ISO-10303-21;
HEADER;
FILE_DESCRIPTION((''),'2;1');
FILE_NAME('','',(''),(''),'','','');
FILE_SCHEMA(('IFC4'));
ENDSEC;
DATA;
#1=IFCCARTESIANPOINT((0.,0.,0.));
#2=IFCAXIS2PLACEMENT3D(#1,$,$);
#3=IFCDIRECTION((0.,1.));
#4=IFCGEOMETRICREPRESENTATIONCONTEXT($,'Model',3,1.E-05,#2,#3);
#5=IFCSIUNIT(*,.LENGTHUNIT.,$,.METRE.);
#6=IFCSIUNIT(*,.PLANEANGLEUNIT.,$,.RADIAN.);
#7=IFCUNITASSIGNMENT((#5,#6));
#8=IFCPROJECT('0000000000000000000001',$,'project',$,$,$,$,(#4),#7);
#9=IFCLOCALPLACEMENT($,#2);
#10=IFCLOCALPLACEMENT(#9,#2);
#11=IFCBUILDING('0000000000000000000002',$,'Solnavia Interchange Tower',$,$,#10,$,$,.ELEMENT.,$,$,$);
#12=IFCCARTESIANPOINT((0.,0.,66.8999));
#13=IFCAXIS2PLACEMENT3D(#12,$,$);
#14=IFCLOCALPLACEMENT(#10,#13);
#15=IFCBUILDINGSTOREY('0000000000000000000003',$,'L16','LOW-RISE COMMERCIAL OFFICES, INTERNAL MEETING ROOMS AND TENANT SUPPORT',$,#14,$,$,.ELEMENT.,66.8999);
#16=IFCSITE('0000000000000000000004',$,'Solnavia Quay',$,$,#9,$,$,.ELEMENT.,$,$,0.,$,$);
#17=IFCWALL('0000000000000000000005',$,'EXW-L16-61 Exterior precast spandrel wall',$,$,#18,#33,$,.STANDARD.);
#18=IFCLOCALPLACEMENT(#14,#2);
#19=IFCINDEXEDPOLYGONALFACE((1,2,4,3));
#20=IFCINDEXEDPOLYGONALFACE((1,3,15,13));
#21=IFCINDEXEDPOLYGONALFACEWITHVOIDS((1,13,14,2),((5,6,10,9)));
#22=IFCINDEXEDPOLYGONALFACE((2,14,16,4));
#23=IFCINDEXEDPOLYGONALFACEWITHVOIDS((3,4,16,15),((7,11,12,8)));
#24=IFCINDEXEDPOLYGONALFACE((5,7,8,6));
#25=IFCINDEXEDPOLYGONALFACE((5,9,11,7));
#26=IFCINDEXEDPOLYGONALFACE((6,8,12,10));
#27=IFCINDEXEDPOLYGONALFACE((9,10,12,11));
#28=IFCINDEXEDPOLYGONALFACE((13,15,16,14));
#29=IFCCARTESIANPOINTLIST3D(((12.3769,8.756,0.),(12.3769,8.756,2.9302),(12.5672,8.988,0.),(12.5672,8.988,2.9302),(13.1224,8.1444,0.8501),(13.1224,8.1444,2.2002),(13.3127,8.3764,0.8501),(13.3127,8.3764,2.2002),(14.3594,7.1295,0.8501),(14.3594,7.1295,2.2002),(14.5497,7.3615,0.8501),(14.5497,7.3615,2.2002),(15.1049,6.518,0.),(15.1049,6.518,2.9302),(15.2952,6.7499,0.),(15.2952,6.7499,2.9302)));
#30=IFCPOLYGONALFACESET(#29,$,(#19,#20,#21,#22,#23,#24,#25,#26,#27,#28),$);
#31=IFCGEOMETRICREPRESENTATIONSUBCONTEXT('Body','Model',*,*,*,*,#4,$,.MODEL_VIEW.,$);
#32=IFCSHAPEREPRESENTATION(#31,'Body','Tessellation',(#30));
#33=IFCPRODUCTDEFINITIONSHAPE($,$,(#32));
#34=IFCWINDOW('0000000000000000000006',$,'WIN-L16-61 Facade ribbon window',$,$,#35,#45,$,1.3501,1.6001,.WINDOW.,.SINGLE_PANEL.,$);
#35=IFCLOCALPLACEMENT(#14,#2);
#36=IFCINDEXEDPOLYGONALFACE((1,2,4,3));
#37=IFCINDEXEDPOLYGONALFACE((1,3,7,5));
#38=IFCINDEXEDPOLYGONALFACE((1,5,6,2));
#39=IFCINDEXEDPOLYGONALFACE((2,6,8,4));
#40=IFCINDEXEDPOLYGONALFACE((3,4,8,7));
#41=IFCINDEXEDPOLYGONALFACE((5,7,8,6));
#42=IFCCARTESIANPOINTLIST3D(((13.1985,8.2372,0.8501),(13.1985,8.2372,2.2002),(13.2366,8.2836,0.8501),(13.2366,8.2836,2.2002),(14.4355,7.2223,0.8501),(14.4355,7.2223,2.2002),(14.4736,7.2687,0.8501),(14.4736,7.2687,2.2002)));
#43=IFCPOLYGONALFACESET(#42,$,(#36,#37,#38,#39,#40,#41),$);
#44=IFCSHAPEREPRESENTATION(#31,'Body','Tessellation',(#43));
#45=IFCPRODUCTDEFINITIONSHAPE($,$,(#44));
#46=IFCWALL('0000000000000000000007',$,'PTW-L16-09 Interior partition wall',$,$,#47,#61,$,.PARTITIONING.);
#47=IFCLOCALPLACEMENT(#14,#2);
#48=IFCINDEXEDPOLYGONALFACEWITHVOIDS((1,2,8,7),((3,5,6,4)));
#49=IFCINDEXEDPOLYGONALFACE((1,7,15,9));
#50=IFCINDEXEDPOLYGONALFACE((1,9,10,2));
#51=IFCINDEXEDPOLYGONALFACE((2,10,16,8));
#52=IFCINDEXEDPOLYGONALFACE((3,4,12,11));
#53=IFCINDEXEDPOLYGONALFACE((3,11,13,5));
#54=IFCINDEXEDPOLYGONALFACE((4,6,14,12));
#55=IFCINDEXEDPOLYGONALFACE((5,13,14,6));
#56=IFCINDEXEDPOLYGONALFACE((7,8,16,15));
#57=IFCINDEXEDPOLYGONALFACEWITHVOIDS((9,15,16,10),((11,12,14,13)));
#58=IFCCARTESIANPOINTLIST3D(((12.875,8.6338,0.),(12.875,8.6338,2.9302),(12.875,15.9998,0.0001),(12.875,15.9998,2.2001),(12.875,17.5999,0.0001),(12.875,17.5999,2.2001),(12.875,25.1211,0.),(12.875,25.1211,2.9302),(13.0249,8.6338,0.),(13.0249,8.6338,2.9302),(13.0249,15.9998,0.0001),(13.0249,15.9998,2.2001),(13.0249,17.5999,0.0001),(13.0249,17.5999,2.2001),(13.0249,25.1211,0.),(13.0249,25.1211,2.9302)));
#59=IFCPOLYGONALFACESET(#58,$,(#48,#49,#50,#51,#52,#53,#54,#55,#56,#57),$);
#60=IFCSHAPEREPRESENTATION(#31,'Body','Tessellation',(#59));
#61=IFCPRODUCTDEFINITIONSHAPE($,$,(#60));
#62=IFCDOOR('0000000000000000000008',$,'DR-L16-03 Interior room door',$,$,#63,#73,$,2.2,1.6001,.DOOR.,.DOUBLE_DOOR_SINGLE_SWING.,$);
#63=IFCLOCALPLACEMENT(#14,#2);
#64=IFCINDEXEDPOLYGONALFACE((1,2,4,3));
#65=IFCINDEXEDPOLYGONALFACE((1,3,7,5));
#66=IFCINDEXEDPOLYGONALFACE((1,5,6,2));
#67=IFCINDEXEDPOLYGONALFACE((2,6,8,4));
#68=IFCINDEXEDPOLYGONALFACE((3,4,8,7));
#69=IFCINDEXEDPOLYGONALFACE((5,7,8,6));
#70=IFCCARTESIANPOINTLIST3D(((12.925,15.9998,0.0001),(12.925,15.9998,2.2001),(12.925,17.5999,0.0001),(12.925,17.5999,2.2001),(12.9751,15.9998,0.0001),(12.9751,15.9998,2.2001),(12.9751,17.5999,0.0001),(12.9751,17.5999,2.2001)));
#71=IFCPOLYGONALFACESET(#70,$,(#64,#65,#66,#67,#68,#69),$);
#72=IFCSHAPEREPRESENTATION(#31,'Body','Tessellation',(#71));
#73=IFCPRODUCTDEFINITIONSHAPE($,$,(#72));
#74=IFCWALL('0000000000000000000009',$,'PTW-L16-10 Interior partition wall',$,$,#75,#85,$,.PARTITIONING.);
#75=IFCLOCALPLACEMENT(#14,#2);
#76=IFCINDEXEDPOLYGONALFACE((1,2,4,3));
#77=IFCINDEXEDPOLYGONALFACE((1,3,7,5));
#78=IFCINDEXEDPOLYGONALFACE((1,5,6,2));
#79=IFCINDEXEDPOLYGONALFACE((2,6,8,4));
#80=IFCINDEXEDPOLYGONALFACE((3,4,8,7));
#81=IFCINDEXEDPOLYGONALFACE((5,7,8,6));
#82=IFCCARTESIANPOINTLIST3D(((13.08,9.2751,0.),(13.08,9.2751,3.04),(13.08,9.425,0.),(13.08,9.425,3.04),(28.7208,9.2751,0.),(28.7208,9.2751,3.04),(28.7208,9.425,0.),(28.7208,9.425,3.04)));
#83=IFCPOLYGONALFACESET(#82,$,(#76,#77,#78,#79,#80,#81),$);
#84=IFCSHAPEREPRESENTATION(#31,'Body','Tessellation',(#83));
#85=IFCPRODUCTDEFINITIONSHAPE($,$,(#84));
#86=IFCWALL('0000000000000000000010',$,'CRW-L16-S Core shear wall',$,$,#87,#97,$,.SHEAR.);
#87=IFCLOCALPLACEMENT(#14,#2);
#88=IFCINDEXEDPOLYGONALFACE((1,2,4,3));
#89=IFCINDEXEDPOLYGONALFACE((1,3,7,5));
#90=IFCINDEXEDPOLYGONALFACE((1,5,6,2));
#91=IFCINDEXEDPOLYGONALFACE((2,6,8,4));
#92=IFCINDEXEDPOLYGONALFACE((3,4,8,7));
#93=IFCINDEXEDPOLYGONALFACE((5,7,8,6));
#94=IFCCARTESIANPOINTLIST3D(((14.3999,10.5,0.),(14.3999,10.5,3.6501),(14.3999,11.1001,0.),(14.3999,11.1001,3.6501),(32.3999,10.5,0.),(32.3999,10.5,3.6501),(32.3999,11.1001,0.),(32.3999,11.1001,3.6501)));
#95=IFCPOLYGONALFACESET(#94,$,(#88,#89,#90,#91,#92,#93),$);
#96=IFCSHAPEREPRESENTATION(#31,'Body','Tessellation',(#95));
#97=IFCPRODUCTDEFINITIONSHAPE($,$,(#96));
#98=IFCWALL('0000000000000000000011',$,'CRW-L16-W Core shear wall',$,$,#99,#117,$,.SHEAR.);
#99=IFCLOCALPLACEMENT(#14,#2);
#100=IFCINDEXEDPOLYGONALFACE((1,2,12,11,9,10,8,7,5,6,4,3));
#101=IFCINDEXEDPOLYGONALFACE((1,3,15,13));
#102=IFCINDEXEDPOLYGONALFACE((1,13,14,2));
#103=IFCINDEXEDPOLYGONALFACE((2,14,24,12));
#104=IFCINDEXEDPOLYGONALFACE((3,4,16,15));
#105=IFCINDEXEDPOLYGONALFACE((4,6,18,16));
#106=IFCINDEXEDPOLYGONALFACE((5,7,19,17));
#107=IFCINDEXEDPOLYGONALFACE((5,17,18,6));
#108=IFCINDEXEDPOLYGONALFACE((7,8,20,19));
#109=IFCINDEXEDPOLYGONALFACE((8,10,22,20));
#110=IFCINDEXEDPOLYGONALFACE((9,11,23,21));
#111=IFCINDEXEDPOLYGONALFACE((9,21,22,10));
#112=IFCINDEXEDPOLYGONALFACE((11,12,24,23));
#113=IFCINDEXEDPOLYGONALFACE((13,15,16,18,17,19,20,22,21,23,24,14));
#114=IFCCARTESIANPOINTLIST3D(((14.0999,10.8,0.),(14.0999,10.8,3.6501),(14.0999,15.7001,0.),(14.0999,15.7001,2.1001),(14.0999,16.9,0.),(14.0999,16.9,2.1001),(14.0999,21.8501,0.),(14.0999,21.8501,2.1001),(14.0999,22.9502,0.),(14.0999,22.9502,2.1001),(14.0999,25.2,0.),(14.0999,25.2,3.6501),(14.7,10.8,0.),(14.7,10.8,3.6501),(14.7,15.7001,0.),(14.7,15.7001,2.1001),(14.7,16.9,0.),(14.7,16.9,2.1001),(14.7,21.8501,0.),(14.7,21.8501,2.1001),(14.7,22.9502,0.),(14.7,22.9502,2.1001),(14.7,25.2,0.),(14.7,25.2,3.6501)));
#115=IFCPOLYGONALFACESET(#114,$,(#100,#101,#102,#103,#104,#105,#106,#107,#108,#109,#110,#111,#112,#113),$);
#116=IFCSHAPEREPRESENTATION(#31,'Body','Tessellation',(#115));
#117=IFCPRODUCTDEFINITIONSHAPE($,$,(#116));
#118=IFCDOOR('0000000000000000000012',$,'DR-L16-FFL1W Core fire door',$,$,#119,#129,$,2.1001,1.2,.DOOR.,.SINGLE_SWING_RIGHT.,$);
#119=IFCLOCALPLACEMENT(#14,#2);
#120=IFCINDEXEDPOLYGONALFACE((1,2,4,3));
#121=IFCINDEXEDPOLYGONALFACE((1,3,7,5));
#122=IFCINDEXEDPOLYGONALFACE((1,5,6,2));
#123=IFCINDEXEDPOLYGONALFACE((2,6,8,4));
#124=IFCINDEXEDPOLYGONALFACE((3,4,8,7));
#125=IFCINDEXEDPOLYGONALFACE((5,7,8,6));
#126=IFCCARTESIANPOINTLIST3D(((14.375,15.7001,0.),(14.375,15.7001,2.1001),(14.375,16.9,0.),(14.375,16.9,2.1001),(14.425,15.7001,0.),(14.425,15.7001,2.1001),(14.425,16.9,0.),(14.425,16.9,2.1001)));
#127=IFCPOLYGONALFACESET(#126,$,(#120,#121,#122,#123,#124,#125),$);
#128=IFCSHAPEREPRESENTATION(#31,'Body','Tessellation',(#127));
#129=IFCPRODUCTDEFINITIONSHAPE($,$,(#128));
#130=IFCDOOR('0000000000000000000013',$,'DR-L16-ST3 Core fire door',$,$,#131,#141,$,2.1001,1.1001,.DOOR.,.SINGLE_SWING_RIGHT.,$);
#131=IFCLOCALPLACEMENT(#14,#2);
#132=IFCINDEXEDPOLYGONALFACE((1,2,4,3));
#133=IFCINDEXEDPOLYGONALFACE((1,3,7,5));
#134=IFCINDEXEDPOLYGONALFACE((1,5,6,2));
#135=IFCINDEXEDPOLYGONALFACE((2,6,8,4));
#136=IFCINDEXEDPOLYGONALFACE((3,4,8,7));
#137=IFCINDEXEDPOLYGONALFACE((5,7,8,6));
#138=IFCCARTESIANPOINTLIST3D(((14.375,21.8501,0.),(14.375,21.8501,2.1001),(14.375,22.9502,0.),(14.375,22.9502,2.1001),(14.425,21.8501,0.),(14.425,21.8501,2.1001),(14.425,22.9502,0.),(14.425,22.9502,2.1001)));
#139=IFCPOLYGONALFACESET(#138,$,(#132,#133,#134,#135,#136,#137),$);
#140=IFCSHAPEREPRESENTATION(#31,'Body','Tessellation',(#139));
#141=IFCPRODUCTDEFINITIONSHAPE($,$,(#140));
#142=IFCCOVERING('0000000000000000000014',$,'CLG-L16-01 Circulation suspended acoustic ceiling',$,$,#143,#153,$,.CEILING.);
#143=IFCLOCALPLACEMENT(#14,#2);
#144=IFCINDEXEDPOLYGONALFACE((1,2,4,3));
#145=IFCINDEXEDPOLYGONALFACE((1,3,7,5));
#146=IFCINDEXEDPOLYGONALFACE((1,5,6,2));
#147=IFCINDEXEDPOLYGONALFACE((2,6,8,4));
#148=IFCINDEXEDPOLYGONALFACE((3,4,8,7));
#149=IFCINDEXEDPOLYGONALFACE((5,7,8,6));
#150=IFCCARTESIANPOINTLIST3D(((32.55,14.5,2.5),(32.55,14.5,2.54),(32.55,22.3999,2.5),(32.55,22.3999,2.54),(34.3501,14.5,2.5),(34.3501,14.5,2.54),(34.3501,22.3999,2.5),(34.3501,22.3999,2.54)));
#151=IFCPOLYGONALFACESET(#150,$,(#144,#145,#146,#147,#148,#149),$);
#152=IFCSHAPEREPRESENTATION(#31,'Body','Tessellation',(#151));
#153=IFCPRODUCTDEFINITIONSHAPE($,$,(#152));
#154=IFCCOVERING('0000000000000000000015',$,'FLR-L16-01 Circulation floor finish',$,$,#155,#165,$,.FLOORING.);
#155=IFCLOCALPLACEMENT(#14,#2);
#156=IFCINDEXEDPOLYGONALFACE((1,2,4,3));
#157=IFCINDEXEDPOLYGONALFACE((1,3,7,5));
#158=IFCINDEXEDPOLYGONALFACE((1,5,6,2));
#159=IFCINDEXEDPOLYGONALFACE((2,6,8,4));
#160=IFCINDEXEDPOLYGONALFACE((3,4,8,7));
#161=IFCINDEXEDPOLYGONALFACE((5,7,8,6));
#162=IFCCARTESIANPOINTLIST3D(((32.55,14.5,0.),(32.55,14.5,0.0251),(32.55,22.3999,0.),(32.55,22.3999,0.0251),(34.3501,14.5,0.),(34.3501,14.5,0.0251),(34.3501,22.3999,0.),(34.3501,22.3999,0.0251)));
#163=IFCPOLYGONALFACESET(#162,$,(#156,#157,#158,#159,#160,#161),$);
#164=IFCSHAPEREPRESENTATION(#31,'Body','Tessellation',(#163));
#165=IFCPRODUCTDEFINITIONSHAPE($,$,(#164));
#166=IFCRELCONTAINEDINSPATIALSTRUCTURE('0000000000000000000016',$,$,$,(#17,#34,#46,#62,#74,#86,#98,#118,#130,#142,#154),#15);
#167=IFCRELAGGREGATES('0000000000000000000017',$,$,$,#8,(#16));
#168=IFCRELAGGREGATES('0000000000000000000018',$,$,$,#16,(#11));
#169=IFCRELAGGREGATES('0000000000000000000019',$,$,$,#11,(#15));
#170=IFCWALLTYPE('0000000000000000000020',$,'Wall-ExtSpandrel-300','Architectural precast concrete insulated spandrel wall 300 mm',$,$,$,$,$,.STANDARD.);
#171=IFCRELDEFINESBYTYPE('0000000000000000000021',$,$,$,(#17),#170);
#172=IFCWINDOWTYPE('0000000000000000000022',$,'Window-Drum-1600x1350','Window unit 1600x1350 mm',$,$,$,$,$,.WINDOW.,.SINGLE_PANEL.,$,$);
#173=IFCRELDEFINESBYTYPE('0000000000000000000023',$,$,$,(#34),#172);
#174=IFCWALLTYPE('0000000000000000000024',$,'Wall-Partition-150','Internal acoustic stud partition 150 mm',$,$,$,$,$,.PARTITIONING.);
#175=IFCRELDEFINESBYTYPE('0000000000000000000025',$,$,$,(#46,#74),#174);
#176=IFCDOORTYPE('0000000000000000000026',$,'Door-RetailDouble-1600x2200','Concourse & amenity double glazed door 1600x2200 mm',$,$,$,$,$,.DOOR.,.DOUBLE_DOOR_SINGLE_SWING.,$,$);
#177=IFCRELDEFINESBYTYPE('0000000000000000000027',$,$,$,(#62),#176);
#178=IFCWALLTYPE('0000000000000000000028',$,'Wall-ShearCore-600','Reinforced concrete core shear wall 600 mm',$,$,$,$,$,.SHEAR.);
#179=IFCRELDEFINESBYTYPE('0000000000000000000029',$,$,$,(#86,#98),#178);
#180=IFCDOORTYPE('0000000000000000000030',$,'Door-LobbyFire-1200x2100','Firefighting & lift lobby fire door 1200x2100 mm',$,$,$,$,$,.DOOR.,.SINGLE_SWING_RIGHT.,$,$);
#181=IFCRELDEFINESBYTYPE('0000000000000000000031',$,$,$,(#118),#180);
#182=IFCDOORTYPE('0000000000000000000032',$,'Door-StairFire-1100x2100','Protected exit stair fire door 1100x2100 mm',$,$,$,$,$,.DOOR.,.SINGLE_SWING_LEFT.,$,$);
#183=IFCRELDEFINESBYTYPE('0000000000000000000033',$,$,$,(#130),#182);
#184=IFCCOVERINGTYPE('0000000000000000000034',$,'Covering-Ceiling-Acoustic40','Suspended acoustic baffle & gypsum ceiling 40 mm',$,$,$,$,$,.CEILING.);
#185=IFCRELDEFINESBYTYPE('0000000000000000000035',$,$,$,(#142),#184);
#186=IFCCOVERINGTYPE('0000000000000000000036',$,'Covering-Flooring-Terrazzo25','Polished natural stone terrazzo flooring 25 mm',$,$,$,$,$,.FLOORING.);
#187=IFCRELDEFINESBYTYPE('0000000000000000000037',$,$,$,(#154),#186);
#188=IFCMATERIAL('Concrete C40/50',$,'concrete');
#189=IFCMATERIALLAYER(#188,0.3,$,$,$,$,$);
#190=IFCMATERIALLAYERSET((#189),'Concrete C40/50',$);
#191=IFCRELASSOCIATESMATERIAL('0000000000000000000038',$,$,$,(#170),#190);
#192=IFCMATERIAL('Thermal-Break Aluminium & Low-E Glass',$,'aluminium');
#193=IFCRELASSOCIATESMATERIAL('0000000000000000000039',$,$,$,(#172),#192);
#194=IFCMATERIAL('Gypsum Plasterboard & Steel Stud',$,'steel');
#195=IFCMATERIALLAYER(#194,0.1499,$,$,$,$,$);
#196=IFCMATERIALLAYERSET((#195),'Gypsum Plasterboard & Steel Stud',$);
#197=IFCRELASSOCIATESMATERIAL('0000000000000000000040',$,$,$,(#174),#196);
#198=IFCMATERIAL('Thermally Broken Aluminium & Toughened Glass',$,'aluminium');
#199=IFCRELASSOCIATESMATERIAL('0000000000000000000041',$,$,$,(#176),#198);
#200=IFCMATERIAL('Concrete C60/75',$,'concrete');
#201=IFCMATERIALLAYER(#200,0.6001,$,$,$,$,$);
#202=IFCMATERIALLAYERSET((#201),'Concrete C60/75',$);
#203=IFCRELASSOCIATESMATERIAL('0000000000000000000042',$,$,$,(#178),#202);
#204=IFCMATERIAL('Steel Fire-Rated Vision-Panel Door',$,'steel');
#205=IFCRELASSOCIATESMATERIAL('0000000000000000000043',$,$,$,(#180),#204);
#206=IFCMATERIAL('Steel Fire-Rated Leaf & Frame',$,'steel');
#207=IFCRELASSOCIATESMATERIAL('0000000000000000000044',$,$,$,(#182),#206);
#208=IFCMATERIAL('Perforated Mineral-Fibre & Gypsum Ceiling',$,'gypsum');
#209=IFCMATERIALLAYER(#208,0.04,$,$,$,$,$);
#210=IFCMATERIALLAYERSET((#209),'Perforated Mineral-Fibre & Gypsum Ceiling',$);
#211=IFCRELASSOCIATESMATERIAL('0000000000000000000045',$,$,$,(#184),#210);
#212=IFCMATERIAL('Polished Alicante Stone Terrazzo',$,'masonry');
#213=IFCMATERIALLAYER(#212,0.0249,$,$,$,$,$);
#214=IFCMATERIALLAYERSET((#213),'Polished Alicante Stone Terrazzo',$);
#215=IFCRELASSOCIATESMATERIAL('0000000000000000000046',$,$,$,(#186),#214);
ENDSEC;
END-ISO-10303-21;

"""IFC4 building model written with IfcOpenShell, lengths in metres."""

from ifc_helpers import new_model, si_unit, direction, frame, frame_2d, origin, place, context, subcontext, project, spatial, polyline, rectangle, outline, extrude, material, layer, layer_set, type_object, element, fill, save


model = new_model("IFC4")

# Units and contexts
model_context = context("Model", 3, precision=1e-05, world=origin(), true_north=direction((0.0, 1.0)))
body_context = subcontext(model_context, "Body", "Model", "MODEL_VIEW")
ifc_project = project(units=[si_unit("LENGTHUNIT", "METRE"), si_unit("PLANEANGLEUNIT", "RADIAN")], contexts=[model_context])

# Site, building, storey
site_placement = place(None, origin())
site = spatial("IfcSite", under=ifc_project, at=site_placement, Name="Solnavia Quay", CompositionType="ELEMENT", RefElevation=0.0)
building_placement = place(site_placement, origin())
building = spatial("IfcBuilding", under=site, at=building_placement, Name="Solnavia Interchange Tower", CompositionType="ELEMENT")
storey_placement = place(building_placement, frame((0.0, 0.0, 66.8999)))
storey = spatial("IfcBuildingStorey", under=building, at=storey_placement, Name="L16", Description="LOW-RISE COMMERCIAL OFFICES, INTERNAL MEETING ROOMS AND TENANT SUPPORT", CompositionType="ELEMENT", Elevation=66.8999)

# Shared definitions
ifc_material_1 = material(Name="Concrete C60/75", Category="concrete")

# Shared definitions
ifc_material_2 = material(Name="Concrete C40/50", Category="concrete")

# Wall, opening, window
ifc_layer_1 = layer(ifc_material_2, 0.3)
ifc_layer_set_1 = layer_set([ifc_layer_1], Name="Concrete C40/50")
wall_type_1 = type_object("IfcWallType", Name="Wall-ExtSpandrel-300", Description="Architectural precast concrete insulated spandrel wall 300 mm", PredefinedType="STANDARD", material=ifc_layer_set_1)
ifc_material_3 = material(Name="Thermal-Break Aluminium & Low-E Glass", Category="aluminium")
window_type = type_object("IfcWindowType", Name="Window-Drum-1600x1350", Description="Window unit 1600x1350 mm", PartitioningType="SINGLE_PANEL", PredefinedType="WINDOW", material=ifc_material_3)
wall_1_placement = place(storey_placement, frame((15.2, 6.634, 0.0), z_axis=(0.0, 0.0, 1.0), x_axis=(-0.773121, 0.634258, 0.0)))
wall_1 = element("IfcWall", 1, at=wall_1_placement, inside=storey, type_object=wall_type_1, Name="EXW-L16-61 Exterior precast spandrel wall", PredefinedType="STANDARD", context=body_context, shape_type="SweptSolid", body=[
    extrude(rectangle(XDim=3.5286, YDim=0.3, at=frame_2d((1.7642, 0.0))), origin(), (0.0, 0.0, 1.0), 2.9302),
])
opening_1_placement = place(wall_1_placement, frame((0.9641, 0.0, 0.8501)))
opening_1 = element("IfcOpeningElement", 2, at=opening_1_placement, cuts=wall_1, PredefinedType="OPENING", context=body_context, shape_type="SweptSolid", body=[
    extrude(rectangle(XDim=1.6001, YDim=1.3501, at=frame_2d((0.8, 0.675))), frame((0.0, 0.1602, 0.0), z_axis=(0.0, -1.0, 0.0), x_axis=(1.0, 0.0, 0.0)), (0.0, 0.0, 1.0), 0.3201),
])
window_1_placement = place(opening_1_placement, origin())
window_1 = element("IfcWindow", 3, at=window_1_placement, inside=storey, type_object=window_type, Name="WIN-L16-61 Facade ribbon window", OverallHeight=1.3501, OverallWidth=1.6001, PartitioningType="SINGLE_PANEL", PredefinedType="WINDOW", context=body_context, shape_type="SweptSolid", body=[
    extrude(rectangle(XDim=1.6001, YDim=1.3501, at=frame_2d((0.8, 0.675))), frame((0.0, 0.03, 0.0), z_axis=(0.0, -1.0, 0.0), x_axis=(1.0, 0.0, 0.0)), (0.0, 0.0, 1.0), 0.0601),
])
fill(opening_1, window_1)

# Wall, opening, door
ifc_material_4 = material(Name="Gypsum Plasterboard & Steel Stud", Category="steel")
ifc_layer_2 = layer(ifc_material_4, 0.1499)
ifc_layer_set_2 = layer_set([ifc_layer_2], Name="Gypsum Plasterboard & Steel Stud")
wall_type_2 = type_object("IfcWallType", Name="Wall-Partition-150", Description="Internal acoustic stud partition 150 mm", PredefinedType="PARTITIONING", material=ifc_layer_set_2)
wall_2_placement = place(storey_placement, frame((12.95, 8.6338, 0.0), z_axis=(0.0, 0.0, 1.0), x_axis=(0.0, 1.0, 0.0)))
wall_2 = element("IfcWall", 4, at=wall_2_placement, inside=storey, type_object=wall_type_2, Name="PTW-L16-09 Interior partition wall", PredefinedType="PARTITIONING", context=body_context, shape_type="SweptSolid", body=[
    extrude(rectangle(XDim=16.4873, YDim=0.1499, at=frame_2d((8.2437, 0.0))), origin(), (0.0, 0.0, 1.0), 2.9302),
])
opening_2_placement = place(wall_2_placement, frame((7.366, 0.0, 0.0)))
opening_2 = element("IfcOpeningElement", 5, at=opening_2_placement, cuts=wall_2, PredefinedType="OPENING", context=body_context, shape_type="SweptSolid", body=[
    extrude(rectangle(XDim=1.6001, YDim=2.2, at=frame_2d((0.8, 1.1001))), frame((0.0, 0.085, 0.0), z_axis=(0.0, -1.0, 0.0), x_axis=(1.0, 0.0, 0.0)), (0.0, 0.0, 1.0), 0.1699),
])
ifc_material_5 = material(Name="Thermally Broken Aluminium & Toughened Glass", Category="aluminium")
door_type_1 = type_object("IfcDoorType", Name="Door-RetailDouble-1600x2200", Description="Concourse & amenity double glazed door 1600x2200 mm", OperationType="DOUBLE_DOOR_SINGLE_SWING", PredefinedType="DOOR", material=ifc_material_5)
door_1_placement = place(opening_2_placement, origin())
door_1 = element("IfcDoor", 6, at=door_1_placement, inside=storey, type_object=door_type_1, Name="DR-L16-03 Interior room door", OperationType="DOUBLE_DOOR_SINGLE_SWING", OverallHeight=2.2, OverallWidth=1.6001, PredefinedType="DOOR", context=body_context, shape_type="SweptSolid", body=[
    extrude(rectangle(XDim=1.6001, YDim=2.2, at=frame_2d((0.8, 1.1001))), frame((0.0, 0.0249, 0.0), z_axis=(0.0, -1.0, 0.0), x_axis=(1.0, 0.0, 0.0)), (0.0, 0.0, 1.0), 0.05),
])
fill(opening_2, door_1)

# Walls
wall_3_placement = place(storey_placement, frame((13.0801, 9.3501, 0.0), z_axis=(0.0, 0.0, 1.0), x_axis=(1.0, 0.0, 0.0)))
element("IfcWall", 7, at=wall_3_placement, inside=storey, type_object=wall_type_2, Name="PTW-L16-10 Interior partition wall", PredefinedType="PARTITIONING", context=body_context, shape_type="SweptSolid", body=[
    extrude(rectangle(XDim=15.6409, YDim=0.1499, at=frame_2d((7.8203, 0.0))), origin(), (0.0, 0.0, 1.0), 3.04),
])
ifc_layer_3 = layer(ifc_material_1, 0.6001)
ifc_layer_set_3 = layer_set([ifc_layer_3], Name="Concrete C60/75")
wall_type_3 = type_object("IfcWallType", Name="Wall-ShearCore-600", Description="Reinforced concrete core shear wall 600 mm", PredefinedType="SHEAR", material=ifc_layer_set_3)
wall_4_placement = place(storey_placement, frame((14.3999, 10.8, 0.0), z_axis=(0.0, 0.0, 1.0), x_axis=(1.0, 0.0, 0.0)))
element("IfcWall", 8, at=wall_4_placement, inside=storey, type_object=wall_type_3, Name="CRW-L16-S Core shear wall", PredefinedType="SHEAR", context=body_context, shape_type="SweptSolid", body=[
    extrude(rectangle(XDim=18.0, YDim=0.6001, at=frame_2d((9.0, 0.0))), origin(), (0.0, 0.0, 1.0), 3.6501),
])

# Wall, openings, doors
wall_5_placement = place(storey_placement, frame((14.3999, 10.8, 0.0), z_axis=(0.0, 0.0, 1.0), x_axis=(0.0, 1.0, 0.0)))
wall_5 = element("IfcWall", 9, at=wall_5_placement, inside=storey, type_object=wall_type_3, Name="CRW-L16-W Core shear wall", PredefinedType="SHEAR", context=body_context, shape_type="SweptSolid", body=[
    extrude(rectangle(XDim=14.3999, YDim=0.6001, at=frame_2d((7.2, 0.0))), origin(), (0.0, 0.0, 1.0), 3.6501),
])
opening_3_placement = place(wall_5_placement, frame((11.05, 0.0, 0.0)))
opening_3 = element("IfcOpeningElement", 10, at=opening_3_placement, cuts=wall_5, PredefinedType="OPENING", context=body_context, shape_type="SweptSolid", body=[
    extrude(rectangle(XDim=1.1001, YDim=2.1001, at=frame_2d((0.55, 1.05))), frame((0.0, 0.3101, 0.0), z_axis=(0.0, -1.0, 0.0), x_axis=(1.0, 0.0, 0.0)), (0.0, 0.0, 1.0), 0.6201),
])
opening_4_placement = place(wall_5_placement, frame((4.8999, 0.0, 0.0)))
opening_4 = element("IfcOpeningElement", 11, at=opening_4_placement, cuts=wall_5, PredefinedType="OPENING", context=body_context, shape_type="SweptSolid", body=[
    extrude(rectangle(XDim=1.2, YDim=2.1001, at=frame_2d((0.6001, 1.05))), frame((0.0, 0.3101, 0.0), z_axis=(0.0, -1.0, 0.0), x_axis=(1.0, 0.0, 0.0)), (0.0, 0.0, 1.0), 0.6201),
])
ifc_material_6 = material(Name="Steel Fire-Rated Vision-Panel Door", Category="steel")
door_type_2 = type_object("IfcDoorType", Name="Door-LobbyFire-1200x2100", Description="Firefighting & lift lobby fire door 1200x2100 mm", OperationType="SINGLE_SWING_RIGHT", PredefinedType="DOOR", material=ifc_material_6)
door_2_placement = place(opening_4_placement, origin())
door_2 = element("IfcDoor", 12, at=door_2_placement, inside=storey, type_object=door_type_2, Name="DR-L16-FFL1W Core fire door", OperationType="SINGLE_SWING_RIGHT", OverallHeight=2.1001, OverallWidth=1.2, PredefinedType="DOOR", context=body_context, shape_type="SweptSolid", body=[
    extrude(rectangle(XDim=1.2, YDim=2.1001, at=frame_2d((0.6001, 1.05))), frame((0.0, 0.0249, 0.0), z_axis=(0.0, -1.0, 0.0), x_axis=(1.0, 0.0, 0.0)), (0.0, 0.0, 1.0), 0.05),
])
fill(opening_4, door_2)
ifc_material_7 = material(Name="Steel Fire-Rated Leaf & Frame", Category="steel")
door_type_3 = type_object("IfcDoorType", Name="Door-StairFire-1100x2100", Description="Protected exit stair fire door 1100x2100 mm", OperationType="SINGLE_SWING_LEFT", PredefinedType="DOOR", material=ifc_material_7)
door_3_placement = place(opening_3_placement, origin())
door_3 = element("IfcDoor", 13, at=door_3_placement, inside=storey, type_object=door_type_3, Name="DR-L16-ST3 Core fire door", OperationType="SINGLE_SWING_RIGHT", OverallHeight=2.1001, OverallWidth=1.1001, PredefinedType="DOOR", context=body_context, shape_type="SweptSolid", body=[
    extrude(rectangle(XDim=1.1001, YDim=2.1001, at=frame_2d((0.55, 1.05))), frame((0.0, 0.0249, 0.0), z_axis=(0.0, -1.0, 0.0), x_axis=(1.0, 0.0, 0.0)), (0.0, 0.0, 1.0), 0.05),
])
fill(opening_3, door_3)

# Coverings
ifc_material_8 = material(Name="Perforated Mineral-Fibre & Gypsum Ceiling", Category="gypsum")
ifc_layer_4 = layer(ifc_material_8, 0.04)
ifc_layer_set_4 = layer_set([ifc_layer_4], Name="Perforated Mineral-Fibre & Gypsum Ceiling")
covering_type_1 = type_object("IfcCoveringType", Name="Covering-Ceiling-Acoustic40", Description="Suspended acoustic baffle & gypsum ceiling 40 mm", PredefinedType="CEILING", material=ifc_layer_set_4)
covering_1_placement = place(storey_placement, frame((0.0, 0.0, 2.5)))
element("IfcCovering", 14, at=covering_1_placement, inside=storey, type_object=covering_type_1, Name="CLG-L16-01 Circulation suspended acoustic ceiling", PredefinedType="CEILING", context=body_context, shape_type="SweptSolid", body=[
    extrude(outline(polyline([(32.55, 14.5), (34.3501, 14.5), (34.3501, 22.3999), (32.55, 22.3999), (32.55, 14.5)])), origin(), (0.0, 0.0, 1.0), 0.04),
])
ifc_material_9 = material(Name="Polished Alicante Stone Terrazzo", Category="masonry")
ifc_layer_5 = layer(ifc_material_9, 0.0249)
ifc_layer_set_5 = layer_set([ifc_layer_5], Name="Polished Alicante Stone Terrazzo")
covering_type_2 = type_object("IfcCoveringType", Name="Covering-Flooring-Terrazzo25", Description="Polished natural stone terrazzo flooring 25 mm", PredefinedType="FLOORING", material=ifc_layer_set_5)
covering_2_placement = place(storey_placement, origin())
element("IfcCovering", 15, at=covering_2_placement, inside=storey, type_object=covering_type_2, Name="FLR-L16-01 Circulation floor finish", PredefinedType="FLOORING", context=body_context, shape_type="SweptSolid", body=[
    extrude(outline(polyline([(32.55, 14.5), (34.3501, 14.5), (34.3501, 22.3999), (32.55, 22.3999), (32.55, 14.5)])), origin(), (0.0, 0.0, 1.0), 0.0251),
])

save(model, "model.ifc")
